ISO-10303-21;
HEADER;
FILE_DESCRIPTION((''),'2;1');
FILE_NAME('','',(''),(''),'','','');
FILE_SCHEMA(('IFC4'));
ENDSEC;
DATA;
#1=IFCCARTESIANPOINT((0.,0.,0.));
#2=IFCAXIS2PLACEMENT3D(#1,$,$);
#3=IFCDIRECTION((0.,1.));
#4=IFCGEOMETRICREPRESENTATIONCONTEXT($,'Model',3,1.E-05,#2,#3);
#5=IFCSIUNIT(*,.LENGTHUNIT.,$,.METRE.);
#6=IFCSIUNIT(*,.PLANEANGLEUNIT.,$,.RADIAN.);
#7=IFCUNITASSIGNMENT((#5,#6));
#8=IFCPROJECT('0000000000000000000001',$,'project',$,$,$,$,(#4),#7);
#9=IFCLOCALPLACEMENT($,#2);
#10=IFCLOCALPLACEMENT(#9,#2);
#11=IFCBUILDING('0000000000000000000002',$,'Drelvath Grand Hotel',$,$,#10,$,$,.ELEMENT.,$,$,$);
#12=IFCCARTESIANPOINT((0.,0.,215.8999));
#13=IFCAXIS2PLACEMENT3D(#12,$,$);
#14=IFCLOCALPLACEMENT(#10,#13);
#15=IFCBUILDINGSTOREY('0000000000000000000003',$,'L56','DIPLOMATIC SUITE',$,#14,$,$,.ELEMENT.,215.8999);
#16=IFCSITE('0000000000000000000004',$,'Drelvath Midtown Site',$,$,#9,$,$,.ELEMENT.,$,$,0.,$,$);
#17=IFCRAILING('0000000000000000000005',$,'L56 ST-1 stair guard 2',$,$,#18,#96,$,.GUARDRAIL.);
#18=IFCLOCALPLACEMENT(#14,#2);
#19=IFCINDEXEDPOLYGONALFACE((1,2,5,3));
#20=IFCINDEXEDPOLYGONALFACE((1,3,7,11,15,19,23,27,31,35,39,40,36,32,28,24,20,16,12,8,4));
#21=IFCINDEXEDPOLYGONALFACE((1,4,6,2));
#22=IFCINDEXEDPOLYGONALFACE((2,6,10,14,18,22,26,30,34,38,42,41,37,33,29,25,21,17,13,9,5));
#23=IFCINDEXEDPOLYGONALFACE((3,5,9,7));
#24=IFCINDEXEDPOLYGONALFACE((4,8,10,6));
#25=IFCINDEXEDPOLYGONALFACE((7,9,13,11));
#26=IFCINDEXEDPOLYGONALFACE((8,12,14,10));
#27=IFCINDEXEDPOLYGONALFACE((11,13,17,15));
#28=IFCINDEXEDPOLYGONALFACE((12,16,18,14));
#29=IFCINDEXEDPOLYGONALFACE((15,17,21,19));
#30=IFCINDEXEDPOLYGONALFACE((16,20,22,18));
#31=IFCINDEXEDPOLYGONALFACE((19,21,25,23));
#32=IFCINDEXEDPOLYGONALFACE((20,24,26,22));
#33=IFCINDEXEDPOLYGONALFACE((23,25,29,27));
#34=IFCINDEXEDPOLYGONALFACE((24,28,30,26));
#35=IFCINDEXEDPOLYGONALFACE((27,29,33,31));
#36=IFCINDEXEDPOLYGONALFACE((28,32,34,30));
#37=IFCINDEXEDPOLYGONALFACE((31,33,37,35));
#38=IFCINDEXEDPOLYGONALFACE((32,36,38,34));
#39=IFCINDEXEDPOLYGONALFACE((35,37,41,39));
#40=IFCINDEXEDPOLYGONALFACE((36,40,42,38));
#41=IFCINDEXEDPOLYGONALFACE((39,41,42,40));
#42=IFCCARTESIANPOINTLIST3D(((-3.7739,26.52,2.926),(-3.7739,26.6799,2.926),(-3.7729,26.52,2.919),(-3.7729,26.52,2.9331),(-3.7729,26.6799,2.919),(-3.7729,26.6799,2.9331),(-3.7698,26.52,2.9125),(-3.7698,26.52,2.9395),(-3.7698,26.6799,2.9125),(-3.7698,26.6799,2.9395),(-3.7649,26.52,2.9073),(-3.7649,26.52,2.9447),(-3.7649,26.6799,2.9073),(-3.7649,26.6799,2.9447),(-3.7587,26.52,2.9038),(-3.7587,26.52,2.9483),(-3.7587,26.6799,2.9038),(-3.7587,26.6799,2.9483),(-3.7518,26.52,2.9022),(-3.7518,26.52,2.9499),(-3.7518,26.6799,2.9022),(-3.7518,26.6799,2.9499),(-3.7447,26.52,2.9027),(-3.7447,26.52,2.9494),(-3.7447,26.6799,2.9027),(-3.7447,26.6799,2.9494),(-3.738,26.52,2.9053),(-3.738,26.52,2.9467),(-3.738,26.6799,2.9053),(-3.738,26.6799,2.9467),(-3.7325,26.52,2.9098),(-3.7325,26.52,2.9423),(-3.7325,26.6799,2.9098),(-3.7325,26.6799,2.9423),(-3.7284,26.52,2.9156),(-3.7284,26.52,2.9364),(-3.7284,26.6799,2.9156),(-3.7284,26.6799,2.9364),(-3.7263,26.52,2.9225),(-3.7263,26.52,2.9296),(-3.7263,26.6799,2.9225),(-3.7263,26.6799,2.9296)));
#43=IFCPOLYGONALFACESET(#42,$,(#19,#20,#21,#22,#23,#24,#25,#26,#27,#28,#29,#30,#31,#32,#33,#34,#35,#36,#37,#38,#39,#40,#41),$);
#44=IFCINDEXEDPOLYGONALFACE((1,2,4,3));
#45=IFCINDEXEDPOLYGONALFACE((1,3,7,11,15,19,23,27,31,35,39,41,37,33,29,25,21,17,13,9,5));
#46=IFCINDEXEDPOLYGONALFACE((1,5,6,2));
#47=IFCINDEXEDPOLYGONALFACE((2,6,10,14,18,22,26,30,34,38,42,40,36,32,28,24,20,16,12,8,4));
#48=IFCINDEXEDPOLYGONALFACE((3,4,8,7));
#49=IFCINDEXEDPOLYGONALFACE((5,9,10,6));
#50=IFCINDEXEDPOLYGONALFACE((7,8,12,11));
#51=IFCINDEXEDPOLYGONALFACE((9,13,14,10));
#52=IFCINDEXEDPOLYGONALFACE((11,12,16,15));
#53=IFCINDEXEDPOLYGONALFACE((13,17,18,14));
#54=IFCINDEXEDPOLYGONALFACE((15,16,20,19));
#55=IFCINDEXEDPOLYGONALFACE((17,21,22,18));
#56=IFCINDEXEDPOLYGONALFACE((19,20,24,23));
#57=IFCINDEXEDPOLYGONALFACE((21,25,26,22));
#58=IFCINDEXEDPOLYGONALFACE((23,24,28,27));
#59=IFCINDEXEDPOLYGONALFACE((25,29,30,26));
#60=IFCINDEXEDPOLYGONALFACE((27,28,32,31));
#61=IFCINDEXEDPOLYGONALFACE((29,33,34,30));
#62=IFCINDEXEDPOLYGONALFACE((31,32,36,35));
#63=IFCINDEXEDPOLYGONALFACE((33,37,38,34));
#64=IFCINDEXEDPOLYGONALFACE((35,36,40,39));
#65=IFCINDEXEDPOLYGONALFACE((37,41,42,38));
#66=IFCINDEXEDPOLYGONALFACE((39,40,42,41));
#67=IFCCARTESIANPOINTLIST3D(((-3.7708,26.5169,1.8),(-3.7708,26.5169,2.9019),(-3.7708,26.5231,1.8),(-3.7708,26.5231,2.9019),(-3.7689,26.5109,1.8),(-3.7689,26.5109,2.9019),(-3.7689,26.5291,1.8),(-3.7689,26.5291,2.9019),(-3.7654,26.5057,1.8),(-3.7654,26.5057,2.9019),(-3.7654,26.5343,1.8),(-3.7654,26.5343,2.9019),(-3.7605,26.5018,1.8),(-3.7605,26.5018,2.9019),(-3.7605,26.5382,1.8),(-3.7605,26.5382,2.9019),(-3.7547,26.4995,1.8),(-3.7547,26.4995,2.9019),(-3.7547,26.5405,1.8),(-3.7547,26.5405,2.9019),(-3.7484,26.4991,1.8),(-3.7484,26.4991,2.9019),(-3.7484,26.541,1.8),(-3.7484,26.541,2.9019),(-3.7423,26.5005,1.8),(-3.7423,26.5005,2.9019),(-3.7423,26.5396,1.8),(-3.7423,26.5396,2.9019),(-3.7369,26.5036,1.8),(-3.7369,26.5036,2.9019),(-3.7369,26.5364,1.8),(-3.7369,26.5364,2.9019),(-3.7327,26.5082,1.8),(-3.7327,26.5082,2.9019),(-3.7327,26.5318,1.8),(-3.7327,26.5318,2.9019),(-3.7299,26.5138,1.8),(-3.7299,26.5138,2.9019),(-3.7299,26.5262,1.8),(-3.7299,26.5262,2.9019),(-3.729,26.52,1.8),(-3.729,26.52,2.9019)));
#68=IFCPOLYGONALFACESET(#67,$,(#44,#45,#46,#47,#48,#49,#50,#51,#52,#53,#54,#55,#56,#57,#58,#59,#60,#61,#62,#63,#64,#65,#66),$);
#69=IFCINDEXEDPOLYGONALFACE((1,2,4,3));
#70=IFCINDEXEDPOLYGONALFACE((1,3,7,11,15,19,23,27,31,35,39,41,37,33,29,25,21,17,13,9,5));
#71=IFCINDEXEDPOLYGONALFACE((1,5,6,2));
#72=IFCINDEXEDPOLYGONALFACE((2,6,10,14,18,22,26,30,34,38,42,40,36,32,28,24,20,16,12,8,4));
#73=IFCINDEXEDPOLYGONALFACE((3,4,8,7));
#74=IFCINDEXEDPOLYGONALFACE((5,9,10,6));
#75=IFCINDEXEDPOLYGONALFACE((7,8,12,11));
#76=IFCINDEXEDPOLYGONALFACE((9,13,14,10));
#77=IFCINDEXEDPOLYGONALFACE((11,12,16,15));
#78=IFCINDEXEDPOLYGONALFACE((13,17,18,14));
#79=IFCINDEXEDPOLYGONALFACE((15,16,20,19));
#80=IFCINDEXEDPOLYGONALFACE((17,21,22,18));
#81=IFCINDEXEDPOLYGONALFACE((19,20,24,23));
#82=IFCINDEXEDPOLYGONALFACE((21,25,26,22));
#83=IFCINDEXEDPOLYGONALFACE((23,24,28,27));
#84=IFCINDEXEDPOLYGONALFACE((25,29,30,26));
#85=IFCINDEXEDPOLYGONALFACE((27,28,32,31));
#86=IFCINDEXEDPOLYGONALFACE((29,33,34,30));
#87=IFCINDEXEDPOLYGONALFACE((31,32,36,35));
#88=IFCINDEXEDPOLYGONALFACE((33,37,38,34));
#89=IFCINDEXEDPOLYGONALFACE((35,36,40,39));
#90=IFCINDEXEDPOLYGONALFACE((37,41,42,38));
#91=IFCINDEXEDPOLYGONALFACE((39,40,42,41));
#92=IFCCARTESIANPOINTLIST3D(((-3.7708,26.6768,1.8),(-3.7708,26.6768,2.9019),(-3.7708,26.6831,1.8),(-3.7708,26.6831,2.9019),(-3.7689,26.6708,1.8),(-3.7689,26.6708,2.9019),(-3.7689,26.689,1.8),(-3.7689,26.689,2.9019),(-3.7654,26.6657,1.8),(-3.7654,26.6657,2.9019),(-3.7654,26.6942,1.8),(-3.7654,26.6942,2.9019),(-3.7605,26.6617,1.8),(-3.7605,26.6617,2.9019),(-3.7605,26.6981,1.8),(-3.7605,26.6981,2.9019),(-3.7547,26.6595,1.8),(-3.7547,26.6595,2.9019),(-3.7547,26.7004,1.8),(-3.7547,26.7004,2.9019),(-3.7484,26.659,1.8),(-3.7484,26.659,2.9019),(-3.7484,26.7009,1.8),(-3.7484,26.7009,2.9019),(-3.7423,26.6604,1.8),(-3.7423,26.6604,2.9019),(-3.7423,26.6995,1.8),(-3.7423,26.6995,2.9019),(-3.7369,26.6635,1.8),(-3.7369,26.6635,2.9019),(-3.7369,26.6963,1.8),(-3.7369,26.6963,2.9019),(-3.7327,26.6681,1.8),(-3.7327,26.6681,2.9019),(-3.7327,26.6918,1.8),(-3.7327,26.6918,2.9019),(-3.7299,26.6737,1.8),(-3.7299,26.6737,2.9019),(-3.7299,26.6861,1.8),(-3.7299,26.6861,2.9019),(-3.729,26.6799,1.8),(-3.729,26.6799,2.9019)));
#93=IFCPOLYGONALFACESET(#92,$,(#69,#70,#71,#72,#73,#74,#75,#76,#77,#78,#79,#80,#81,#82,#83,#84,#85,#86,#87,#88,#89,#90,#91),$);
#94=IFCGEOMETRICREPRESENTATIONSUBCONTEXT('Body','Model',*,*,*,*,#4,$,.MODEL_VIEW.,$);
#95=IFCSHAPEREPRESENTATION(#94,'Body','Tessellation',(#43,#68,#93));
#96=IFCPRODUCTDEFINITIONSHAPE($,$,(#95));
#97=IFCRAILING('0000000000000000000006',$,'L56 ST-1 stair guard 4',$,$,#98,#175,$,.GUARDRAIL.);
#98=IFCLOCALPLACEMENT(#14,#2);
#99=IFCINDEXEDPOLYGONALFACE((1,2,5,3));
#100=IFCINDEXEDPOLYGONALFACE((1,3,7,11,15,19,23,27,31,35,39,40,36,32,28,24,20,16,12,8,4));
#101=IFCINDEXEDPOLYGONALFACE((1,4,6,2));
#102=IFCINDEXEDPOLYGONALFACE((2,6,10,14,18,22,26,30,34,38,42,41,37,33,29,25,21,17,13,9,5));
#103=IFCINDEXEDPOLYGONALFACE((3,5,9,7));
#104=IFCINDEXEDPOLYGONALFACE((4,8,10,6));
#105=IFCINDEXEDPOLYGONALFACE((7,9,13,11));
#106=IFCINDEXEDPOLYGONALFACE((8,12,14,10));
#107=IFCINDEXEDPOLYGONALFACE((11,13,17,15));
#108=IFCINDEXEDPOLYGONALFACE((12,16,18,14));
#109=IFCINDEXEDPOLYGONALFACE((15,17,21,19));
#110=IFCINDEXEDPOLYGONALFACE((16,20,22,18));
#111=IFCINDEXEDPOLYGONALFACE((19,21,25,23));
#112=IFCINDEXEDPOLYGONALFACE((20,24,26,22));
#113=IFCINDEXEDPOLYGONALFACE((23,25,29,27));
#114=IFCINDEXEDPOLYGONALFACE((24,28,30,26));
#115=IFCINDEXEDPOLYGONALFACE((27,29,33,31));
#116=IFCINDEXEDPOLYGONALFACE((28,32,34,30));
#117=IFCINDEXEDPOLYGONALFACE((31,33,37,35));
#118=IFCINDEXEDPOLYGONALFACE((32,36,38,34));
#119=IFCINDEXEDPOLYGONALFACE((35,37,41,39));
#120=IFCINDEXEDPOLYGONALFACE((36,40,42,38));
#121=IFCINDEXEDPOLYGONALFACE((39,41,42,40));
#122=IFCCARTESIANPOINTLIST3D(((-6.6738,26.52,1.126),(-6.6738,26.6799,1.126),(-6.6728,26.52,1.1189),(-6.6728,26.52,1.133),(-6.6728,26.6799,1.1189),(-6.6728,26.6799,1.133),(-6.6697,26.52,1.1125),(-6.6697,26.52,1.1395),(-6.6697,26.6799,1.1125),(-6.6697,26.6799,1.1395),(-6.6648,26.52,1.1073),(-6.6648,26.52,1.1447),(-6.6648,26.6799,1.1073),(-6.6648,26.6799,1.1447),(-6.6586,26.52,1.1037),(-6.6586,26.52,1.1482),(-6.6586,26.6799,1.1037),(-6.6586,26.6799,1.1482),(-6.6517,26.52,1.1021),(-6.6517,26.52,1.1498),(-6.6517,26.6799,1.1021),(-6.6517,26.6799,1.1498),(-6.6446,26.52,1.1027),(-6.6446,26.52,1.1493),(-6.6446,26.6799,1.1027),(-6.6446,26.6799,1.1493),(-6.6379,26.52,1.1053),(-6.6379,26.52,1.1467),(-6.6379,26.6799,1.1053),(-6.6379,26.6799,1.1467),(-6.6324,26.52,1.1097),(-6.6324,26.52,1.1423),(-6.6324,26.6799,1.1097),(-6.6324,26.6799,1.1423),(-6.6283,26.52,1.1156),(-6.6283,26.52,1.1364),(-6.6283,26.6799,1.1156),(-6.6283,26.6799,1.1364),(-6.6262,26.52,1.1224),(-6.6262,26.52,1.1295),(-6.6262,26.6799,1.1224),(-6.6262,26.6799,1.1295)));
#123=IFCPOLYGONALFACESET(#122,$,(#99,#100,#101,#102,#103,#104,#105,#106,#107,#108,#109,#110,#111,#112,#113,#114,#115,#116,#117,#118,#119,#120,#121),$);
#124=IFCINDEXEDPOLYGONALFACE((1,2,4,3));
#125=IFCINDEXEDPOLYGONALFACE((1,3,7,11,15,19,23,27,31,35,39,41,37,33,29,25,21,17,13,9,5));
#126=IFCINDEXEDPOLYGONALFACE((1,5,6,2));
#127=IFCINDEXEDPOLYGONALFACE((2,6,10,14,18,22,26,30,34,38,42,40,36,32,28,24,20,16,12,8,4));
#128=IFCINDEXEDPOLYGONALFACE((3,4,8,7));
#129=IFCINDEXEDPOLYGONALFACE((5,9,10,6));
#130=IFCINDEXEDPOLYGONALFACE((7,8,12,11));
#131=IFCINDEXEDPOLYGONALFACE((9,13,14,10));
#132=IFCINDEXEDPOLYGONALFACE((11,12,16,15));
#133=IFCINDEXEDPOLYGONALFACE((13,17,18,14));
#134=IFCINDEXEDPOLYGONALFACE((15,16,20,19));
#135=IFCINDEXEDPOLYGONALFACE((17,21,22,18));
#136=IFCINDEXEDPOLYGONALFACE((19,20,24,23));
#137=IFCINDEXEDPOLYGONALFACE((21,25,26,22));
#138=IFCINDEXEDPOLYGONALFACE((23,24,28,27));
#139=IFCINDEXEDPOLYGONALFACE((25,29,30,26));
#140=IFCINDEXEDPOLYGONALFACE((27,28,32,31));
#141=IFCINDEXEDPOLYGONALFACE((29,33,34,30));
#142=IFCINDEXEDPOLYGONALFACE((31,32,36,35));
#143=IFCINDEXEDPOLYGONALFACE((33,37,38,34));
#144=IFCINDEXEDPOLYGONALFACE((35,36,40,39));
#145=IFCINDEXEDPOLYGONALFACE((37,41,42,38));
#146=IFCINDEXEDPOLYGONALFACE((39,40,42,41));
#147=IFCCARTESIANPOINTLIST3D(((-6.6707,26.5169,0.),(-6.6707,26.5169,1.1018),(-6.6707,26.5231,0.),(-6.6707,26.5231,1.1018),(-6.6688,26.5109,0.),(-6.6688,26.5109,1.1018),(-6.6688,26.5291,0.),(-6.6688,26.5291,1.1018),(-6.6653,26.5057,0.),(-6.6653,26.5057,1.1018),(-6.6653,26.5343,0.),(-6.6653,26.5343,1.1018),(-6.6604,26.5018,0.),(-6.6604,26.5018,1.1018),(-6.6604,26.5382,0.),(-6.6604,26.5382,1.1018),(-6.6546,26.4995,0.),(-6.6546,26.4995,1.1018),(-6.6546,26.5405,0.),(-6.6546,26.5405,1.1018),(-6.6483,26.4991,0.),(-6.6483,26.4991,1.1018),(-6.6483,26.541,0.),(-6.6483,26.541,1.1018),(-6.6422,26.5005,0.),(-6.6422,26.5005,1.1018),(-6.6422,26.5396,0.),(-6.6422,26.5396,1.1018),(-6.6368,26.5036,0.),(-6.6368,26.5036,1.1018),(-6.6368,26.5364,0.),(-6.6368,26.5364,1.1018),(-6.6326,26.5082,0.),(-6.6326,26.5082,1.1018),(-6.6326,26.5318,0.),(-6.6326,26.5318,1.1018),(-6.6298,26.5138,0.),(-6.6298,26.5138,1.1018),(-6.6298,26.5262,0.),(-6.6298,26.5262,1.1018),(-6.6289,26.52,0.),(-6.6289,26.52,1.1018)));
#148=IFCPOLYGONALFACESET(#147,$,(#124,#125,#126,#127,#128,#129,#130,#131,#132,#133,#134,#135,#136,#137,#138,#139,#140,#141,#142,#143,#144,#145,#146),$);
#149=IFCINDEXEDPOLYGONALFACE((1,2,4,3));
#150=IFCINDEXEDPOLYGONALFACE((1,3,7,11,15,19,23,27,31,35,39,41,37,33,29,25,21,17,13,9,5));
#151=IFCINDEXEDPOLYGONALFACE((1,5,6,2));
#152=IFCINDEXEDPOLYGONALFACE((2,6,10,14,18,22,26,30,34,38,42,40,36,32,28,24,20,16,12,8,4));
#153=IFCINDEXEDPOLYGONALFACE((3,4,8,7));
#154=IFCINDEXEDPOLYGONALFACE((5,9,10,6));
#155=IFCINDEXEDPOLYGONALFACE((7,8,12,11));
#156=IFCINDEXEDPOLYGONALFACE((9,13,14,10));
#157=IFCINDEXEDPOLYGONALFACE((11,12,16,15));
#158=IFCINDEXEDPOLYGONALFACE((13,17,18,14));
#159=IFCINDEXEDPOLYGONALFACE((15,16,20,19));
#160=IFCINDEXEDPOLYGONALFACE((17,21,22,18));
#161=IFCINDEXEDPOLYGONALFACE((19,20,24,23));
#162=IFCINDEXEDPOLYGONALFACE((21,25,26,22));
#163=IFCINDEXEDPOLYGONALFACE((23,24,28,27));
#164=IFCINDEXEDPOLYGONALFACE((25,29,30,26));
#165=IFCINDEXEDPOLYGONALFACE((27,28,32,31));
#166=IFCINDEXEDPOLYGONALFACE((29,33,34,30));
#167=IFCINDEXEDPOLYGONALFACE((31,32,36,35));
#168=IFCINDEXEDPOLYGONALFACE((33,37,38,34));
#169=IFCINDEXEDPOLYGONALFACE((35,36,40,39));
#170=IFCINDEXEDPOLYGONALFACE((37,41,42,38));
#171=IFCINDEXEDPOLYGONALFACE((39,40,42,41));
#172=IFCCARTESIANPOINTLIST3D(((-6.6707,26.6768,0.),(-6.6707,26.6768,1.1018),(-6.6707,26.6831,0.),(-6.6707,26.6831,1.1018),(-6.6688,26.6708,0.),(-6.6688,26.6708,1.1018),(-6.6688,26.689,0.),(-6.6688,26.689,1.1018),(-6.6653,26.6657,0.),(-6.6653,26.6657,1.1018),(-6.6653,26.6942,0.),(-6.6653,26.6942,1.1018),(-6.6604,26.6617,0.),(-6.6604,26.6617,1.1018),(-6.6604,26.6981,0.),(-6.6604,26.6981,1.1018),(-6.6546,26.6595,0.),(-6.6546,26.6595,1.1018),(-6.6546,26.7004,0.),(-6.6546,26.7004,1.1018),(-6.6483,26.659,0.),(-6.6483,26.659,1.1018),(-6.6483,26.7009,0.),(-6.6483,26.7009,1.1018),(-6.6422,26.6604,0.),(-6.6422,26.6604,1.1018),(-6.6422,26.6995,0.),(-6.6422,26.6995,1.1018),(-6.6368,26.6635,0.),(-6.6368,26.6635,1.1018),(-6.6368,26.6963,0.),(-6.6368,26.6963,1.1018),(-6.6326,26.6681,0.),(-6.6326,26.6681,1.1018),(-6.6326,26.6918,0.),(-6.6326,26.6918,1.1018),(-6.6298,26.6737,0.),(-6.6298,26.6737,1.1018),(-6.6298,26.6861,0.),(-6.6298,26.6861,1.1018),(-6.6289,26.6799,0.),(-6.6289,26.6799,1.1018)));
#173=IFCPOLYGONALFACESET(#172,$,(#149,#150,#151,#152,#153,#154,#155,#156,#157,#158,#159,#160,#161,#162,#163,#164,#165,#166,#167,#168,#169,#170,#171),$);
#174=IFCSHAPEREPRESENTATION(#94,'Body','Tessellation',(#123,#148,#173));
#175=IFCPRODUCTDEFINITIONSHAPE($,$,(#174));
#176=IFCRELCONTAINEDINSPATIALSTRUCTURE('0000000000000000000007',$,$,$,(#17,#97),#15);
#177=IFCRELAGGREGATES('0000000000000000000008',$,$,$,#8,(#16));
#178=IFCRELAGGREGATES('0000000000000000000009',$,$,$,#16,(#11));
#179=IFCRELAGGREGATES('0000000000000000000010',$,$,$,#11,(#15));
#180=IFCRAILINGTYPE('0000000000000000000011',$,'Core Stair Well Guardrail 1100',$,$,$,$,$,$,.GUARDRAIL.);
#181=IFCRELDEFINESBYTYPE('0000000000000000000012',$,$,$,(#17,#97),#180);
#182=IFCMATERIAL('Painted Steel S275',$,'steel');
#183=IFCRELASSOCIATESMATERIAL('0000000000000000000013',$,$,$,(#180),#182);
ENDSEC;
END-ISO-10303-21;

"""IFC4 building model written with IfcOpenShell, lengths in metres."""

from ifc_helpers import new_model, si_unit, direction, frame, origin, origin_2d, place, context, subcontext, project, spatial, circle, extrude, material, type_object, element, save


model = new_model("IFC4")

# Units and contexts
model_context = context("Model", 3, precision=1e-05, world=origin(), true_north=direction((0.0, 1.0)))
body_context = subcontext(model_context, "Body", "Model", "MODEL_VIEW")
ifc_project = project(units=[si_unit("LENGTHUNIT", "METRE"), si_unit("PLANEANGLEUNIT", "RADIAN")], contexts=[model_context])

# Site, building, storey
site_placement = place(None, origin())
site = spatial("IfcSite", under=ifc_project, at=site_placement, Name="Drelvath Midtown Site", CompositionType="ELEMENT", RefElevation=0.0)
building_placement = place(site_placement, origin())
building = spatial("IfcBuilding", under=site, at=building_placement, Name="Drelvath Grand Hotel", CompositionType="ELEMENT")
storey_placement = place(building_placement, frame((0.0, 0.0, 215.8999)))
storey = spatial("IfcBuildingStorey", under=building, at=storey_placement, Name="L56", Description="DIPLOMATIC SUITE", CompositionType="ELEMENT", Elevation=215.8999)

# Shared definitions
ifc_material_1 = material(Name="Painted Steel S275", Category="steel")

# Railings
railing_type_1 = type_object("IfcRailingType", Name="Core Stair Well Guardrail 1100", PredefinedType="GUARDRAIL", material=ifc_material_1)
for number, where, name in (
    (1, (-3.75, 26.52, 1.8), "L56 ST-1 stair guard 2"),
    (2, (-6.6499, 26.52, 0.0), "L56 ST-1 stair guard 4"),
):
    element("IfcRailing", number, at=place(storey_placement, frame(where)), inside=storey, type_object=railing_type_1, Name=name, PredefinedType="GUARDRAIL", context=body_context, shape_type="SweptSolid", body=[
        extrude(circle(Radius=0.0239, at=origin_2d()), frame((0.0, 0.0, 1.126), z_axis=(0.0, 1.0, 0.0), x_axis=(-1.0, 0.0, 0.0)), (0.0, 0.0, 1.0), 0.1599),
        extrude(circle(Radius=0.021, at=origin_2d()), origin(), (0.0, 0.0, 1.0), 1.1018),
        extrude(circle(Radius=0.021, at=origin_2d()), frame((0.0, 0.1599, 0.0)), (0.0, 0.0, 1.0), 1.1018),
    ])

save(model, "model.ifc")
